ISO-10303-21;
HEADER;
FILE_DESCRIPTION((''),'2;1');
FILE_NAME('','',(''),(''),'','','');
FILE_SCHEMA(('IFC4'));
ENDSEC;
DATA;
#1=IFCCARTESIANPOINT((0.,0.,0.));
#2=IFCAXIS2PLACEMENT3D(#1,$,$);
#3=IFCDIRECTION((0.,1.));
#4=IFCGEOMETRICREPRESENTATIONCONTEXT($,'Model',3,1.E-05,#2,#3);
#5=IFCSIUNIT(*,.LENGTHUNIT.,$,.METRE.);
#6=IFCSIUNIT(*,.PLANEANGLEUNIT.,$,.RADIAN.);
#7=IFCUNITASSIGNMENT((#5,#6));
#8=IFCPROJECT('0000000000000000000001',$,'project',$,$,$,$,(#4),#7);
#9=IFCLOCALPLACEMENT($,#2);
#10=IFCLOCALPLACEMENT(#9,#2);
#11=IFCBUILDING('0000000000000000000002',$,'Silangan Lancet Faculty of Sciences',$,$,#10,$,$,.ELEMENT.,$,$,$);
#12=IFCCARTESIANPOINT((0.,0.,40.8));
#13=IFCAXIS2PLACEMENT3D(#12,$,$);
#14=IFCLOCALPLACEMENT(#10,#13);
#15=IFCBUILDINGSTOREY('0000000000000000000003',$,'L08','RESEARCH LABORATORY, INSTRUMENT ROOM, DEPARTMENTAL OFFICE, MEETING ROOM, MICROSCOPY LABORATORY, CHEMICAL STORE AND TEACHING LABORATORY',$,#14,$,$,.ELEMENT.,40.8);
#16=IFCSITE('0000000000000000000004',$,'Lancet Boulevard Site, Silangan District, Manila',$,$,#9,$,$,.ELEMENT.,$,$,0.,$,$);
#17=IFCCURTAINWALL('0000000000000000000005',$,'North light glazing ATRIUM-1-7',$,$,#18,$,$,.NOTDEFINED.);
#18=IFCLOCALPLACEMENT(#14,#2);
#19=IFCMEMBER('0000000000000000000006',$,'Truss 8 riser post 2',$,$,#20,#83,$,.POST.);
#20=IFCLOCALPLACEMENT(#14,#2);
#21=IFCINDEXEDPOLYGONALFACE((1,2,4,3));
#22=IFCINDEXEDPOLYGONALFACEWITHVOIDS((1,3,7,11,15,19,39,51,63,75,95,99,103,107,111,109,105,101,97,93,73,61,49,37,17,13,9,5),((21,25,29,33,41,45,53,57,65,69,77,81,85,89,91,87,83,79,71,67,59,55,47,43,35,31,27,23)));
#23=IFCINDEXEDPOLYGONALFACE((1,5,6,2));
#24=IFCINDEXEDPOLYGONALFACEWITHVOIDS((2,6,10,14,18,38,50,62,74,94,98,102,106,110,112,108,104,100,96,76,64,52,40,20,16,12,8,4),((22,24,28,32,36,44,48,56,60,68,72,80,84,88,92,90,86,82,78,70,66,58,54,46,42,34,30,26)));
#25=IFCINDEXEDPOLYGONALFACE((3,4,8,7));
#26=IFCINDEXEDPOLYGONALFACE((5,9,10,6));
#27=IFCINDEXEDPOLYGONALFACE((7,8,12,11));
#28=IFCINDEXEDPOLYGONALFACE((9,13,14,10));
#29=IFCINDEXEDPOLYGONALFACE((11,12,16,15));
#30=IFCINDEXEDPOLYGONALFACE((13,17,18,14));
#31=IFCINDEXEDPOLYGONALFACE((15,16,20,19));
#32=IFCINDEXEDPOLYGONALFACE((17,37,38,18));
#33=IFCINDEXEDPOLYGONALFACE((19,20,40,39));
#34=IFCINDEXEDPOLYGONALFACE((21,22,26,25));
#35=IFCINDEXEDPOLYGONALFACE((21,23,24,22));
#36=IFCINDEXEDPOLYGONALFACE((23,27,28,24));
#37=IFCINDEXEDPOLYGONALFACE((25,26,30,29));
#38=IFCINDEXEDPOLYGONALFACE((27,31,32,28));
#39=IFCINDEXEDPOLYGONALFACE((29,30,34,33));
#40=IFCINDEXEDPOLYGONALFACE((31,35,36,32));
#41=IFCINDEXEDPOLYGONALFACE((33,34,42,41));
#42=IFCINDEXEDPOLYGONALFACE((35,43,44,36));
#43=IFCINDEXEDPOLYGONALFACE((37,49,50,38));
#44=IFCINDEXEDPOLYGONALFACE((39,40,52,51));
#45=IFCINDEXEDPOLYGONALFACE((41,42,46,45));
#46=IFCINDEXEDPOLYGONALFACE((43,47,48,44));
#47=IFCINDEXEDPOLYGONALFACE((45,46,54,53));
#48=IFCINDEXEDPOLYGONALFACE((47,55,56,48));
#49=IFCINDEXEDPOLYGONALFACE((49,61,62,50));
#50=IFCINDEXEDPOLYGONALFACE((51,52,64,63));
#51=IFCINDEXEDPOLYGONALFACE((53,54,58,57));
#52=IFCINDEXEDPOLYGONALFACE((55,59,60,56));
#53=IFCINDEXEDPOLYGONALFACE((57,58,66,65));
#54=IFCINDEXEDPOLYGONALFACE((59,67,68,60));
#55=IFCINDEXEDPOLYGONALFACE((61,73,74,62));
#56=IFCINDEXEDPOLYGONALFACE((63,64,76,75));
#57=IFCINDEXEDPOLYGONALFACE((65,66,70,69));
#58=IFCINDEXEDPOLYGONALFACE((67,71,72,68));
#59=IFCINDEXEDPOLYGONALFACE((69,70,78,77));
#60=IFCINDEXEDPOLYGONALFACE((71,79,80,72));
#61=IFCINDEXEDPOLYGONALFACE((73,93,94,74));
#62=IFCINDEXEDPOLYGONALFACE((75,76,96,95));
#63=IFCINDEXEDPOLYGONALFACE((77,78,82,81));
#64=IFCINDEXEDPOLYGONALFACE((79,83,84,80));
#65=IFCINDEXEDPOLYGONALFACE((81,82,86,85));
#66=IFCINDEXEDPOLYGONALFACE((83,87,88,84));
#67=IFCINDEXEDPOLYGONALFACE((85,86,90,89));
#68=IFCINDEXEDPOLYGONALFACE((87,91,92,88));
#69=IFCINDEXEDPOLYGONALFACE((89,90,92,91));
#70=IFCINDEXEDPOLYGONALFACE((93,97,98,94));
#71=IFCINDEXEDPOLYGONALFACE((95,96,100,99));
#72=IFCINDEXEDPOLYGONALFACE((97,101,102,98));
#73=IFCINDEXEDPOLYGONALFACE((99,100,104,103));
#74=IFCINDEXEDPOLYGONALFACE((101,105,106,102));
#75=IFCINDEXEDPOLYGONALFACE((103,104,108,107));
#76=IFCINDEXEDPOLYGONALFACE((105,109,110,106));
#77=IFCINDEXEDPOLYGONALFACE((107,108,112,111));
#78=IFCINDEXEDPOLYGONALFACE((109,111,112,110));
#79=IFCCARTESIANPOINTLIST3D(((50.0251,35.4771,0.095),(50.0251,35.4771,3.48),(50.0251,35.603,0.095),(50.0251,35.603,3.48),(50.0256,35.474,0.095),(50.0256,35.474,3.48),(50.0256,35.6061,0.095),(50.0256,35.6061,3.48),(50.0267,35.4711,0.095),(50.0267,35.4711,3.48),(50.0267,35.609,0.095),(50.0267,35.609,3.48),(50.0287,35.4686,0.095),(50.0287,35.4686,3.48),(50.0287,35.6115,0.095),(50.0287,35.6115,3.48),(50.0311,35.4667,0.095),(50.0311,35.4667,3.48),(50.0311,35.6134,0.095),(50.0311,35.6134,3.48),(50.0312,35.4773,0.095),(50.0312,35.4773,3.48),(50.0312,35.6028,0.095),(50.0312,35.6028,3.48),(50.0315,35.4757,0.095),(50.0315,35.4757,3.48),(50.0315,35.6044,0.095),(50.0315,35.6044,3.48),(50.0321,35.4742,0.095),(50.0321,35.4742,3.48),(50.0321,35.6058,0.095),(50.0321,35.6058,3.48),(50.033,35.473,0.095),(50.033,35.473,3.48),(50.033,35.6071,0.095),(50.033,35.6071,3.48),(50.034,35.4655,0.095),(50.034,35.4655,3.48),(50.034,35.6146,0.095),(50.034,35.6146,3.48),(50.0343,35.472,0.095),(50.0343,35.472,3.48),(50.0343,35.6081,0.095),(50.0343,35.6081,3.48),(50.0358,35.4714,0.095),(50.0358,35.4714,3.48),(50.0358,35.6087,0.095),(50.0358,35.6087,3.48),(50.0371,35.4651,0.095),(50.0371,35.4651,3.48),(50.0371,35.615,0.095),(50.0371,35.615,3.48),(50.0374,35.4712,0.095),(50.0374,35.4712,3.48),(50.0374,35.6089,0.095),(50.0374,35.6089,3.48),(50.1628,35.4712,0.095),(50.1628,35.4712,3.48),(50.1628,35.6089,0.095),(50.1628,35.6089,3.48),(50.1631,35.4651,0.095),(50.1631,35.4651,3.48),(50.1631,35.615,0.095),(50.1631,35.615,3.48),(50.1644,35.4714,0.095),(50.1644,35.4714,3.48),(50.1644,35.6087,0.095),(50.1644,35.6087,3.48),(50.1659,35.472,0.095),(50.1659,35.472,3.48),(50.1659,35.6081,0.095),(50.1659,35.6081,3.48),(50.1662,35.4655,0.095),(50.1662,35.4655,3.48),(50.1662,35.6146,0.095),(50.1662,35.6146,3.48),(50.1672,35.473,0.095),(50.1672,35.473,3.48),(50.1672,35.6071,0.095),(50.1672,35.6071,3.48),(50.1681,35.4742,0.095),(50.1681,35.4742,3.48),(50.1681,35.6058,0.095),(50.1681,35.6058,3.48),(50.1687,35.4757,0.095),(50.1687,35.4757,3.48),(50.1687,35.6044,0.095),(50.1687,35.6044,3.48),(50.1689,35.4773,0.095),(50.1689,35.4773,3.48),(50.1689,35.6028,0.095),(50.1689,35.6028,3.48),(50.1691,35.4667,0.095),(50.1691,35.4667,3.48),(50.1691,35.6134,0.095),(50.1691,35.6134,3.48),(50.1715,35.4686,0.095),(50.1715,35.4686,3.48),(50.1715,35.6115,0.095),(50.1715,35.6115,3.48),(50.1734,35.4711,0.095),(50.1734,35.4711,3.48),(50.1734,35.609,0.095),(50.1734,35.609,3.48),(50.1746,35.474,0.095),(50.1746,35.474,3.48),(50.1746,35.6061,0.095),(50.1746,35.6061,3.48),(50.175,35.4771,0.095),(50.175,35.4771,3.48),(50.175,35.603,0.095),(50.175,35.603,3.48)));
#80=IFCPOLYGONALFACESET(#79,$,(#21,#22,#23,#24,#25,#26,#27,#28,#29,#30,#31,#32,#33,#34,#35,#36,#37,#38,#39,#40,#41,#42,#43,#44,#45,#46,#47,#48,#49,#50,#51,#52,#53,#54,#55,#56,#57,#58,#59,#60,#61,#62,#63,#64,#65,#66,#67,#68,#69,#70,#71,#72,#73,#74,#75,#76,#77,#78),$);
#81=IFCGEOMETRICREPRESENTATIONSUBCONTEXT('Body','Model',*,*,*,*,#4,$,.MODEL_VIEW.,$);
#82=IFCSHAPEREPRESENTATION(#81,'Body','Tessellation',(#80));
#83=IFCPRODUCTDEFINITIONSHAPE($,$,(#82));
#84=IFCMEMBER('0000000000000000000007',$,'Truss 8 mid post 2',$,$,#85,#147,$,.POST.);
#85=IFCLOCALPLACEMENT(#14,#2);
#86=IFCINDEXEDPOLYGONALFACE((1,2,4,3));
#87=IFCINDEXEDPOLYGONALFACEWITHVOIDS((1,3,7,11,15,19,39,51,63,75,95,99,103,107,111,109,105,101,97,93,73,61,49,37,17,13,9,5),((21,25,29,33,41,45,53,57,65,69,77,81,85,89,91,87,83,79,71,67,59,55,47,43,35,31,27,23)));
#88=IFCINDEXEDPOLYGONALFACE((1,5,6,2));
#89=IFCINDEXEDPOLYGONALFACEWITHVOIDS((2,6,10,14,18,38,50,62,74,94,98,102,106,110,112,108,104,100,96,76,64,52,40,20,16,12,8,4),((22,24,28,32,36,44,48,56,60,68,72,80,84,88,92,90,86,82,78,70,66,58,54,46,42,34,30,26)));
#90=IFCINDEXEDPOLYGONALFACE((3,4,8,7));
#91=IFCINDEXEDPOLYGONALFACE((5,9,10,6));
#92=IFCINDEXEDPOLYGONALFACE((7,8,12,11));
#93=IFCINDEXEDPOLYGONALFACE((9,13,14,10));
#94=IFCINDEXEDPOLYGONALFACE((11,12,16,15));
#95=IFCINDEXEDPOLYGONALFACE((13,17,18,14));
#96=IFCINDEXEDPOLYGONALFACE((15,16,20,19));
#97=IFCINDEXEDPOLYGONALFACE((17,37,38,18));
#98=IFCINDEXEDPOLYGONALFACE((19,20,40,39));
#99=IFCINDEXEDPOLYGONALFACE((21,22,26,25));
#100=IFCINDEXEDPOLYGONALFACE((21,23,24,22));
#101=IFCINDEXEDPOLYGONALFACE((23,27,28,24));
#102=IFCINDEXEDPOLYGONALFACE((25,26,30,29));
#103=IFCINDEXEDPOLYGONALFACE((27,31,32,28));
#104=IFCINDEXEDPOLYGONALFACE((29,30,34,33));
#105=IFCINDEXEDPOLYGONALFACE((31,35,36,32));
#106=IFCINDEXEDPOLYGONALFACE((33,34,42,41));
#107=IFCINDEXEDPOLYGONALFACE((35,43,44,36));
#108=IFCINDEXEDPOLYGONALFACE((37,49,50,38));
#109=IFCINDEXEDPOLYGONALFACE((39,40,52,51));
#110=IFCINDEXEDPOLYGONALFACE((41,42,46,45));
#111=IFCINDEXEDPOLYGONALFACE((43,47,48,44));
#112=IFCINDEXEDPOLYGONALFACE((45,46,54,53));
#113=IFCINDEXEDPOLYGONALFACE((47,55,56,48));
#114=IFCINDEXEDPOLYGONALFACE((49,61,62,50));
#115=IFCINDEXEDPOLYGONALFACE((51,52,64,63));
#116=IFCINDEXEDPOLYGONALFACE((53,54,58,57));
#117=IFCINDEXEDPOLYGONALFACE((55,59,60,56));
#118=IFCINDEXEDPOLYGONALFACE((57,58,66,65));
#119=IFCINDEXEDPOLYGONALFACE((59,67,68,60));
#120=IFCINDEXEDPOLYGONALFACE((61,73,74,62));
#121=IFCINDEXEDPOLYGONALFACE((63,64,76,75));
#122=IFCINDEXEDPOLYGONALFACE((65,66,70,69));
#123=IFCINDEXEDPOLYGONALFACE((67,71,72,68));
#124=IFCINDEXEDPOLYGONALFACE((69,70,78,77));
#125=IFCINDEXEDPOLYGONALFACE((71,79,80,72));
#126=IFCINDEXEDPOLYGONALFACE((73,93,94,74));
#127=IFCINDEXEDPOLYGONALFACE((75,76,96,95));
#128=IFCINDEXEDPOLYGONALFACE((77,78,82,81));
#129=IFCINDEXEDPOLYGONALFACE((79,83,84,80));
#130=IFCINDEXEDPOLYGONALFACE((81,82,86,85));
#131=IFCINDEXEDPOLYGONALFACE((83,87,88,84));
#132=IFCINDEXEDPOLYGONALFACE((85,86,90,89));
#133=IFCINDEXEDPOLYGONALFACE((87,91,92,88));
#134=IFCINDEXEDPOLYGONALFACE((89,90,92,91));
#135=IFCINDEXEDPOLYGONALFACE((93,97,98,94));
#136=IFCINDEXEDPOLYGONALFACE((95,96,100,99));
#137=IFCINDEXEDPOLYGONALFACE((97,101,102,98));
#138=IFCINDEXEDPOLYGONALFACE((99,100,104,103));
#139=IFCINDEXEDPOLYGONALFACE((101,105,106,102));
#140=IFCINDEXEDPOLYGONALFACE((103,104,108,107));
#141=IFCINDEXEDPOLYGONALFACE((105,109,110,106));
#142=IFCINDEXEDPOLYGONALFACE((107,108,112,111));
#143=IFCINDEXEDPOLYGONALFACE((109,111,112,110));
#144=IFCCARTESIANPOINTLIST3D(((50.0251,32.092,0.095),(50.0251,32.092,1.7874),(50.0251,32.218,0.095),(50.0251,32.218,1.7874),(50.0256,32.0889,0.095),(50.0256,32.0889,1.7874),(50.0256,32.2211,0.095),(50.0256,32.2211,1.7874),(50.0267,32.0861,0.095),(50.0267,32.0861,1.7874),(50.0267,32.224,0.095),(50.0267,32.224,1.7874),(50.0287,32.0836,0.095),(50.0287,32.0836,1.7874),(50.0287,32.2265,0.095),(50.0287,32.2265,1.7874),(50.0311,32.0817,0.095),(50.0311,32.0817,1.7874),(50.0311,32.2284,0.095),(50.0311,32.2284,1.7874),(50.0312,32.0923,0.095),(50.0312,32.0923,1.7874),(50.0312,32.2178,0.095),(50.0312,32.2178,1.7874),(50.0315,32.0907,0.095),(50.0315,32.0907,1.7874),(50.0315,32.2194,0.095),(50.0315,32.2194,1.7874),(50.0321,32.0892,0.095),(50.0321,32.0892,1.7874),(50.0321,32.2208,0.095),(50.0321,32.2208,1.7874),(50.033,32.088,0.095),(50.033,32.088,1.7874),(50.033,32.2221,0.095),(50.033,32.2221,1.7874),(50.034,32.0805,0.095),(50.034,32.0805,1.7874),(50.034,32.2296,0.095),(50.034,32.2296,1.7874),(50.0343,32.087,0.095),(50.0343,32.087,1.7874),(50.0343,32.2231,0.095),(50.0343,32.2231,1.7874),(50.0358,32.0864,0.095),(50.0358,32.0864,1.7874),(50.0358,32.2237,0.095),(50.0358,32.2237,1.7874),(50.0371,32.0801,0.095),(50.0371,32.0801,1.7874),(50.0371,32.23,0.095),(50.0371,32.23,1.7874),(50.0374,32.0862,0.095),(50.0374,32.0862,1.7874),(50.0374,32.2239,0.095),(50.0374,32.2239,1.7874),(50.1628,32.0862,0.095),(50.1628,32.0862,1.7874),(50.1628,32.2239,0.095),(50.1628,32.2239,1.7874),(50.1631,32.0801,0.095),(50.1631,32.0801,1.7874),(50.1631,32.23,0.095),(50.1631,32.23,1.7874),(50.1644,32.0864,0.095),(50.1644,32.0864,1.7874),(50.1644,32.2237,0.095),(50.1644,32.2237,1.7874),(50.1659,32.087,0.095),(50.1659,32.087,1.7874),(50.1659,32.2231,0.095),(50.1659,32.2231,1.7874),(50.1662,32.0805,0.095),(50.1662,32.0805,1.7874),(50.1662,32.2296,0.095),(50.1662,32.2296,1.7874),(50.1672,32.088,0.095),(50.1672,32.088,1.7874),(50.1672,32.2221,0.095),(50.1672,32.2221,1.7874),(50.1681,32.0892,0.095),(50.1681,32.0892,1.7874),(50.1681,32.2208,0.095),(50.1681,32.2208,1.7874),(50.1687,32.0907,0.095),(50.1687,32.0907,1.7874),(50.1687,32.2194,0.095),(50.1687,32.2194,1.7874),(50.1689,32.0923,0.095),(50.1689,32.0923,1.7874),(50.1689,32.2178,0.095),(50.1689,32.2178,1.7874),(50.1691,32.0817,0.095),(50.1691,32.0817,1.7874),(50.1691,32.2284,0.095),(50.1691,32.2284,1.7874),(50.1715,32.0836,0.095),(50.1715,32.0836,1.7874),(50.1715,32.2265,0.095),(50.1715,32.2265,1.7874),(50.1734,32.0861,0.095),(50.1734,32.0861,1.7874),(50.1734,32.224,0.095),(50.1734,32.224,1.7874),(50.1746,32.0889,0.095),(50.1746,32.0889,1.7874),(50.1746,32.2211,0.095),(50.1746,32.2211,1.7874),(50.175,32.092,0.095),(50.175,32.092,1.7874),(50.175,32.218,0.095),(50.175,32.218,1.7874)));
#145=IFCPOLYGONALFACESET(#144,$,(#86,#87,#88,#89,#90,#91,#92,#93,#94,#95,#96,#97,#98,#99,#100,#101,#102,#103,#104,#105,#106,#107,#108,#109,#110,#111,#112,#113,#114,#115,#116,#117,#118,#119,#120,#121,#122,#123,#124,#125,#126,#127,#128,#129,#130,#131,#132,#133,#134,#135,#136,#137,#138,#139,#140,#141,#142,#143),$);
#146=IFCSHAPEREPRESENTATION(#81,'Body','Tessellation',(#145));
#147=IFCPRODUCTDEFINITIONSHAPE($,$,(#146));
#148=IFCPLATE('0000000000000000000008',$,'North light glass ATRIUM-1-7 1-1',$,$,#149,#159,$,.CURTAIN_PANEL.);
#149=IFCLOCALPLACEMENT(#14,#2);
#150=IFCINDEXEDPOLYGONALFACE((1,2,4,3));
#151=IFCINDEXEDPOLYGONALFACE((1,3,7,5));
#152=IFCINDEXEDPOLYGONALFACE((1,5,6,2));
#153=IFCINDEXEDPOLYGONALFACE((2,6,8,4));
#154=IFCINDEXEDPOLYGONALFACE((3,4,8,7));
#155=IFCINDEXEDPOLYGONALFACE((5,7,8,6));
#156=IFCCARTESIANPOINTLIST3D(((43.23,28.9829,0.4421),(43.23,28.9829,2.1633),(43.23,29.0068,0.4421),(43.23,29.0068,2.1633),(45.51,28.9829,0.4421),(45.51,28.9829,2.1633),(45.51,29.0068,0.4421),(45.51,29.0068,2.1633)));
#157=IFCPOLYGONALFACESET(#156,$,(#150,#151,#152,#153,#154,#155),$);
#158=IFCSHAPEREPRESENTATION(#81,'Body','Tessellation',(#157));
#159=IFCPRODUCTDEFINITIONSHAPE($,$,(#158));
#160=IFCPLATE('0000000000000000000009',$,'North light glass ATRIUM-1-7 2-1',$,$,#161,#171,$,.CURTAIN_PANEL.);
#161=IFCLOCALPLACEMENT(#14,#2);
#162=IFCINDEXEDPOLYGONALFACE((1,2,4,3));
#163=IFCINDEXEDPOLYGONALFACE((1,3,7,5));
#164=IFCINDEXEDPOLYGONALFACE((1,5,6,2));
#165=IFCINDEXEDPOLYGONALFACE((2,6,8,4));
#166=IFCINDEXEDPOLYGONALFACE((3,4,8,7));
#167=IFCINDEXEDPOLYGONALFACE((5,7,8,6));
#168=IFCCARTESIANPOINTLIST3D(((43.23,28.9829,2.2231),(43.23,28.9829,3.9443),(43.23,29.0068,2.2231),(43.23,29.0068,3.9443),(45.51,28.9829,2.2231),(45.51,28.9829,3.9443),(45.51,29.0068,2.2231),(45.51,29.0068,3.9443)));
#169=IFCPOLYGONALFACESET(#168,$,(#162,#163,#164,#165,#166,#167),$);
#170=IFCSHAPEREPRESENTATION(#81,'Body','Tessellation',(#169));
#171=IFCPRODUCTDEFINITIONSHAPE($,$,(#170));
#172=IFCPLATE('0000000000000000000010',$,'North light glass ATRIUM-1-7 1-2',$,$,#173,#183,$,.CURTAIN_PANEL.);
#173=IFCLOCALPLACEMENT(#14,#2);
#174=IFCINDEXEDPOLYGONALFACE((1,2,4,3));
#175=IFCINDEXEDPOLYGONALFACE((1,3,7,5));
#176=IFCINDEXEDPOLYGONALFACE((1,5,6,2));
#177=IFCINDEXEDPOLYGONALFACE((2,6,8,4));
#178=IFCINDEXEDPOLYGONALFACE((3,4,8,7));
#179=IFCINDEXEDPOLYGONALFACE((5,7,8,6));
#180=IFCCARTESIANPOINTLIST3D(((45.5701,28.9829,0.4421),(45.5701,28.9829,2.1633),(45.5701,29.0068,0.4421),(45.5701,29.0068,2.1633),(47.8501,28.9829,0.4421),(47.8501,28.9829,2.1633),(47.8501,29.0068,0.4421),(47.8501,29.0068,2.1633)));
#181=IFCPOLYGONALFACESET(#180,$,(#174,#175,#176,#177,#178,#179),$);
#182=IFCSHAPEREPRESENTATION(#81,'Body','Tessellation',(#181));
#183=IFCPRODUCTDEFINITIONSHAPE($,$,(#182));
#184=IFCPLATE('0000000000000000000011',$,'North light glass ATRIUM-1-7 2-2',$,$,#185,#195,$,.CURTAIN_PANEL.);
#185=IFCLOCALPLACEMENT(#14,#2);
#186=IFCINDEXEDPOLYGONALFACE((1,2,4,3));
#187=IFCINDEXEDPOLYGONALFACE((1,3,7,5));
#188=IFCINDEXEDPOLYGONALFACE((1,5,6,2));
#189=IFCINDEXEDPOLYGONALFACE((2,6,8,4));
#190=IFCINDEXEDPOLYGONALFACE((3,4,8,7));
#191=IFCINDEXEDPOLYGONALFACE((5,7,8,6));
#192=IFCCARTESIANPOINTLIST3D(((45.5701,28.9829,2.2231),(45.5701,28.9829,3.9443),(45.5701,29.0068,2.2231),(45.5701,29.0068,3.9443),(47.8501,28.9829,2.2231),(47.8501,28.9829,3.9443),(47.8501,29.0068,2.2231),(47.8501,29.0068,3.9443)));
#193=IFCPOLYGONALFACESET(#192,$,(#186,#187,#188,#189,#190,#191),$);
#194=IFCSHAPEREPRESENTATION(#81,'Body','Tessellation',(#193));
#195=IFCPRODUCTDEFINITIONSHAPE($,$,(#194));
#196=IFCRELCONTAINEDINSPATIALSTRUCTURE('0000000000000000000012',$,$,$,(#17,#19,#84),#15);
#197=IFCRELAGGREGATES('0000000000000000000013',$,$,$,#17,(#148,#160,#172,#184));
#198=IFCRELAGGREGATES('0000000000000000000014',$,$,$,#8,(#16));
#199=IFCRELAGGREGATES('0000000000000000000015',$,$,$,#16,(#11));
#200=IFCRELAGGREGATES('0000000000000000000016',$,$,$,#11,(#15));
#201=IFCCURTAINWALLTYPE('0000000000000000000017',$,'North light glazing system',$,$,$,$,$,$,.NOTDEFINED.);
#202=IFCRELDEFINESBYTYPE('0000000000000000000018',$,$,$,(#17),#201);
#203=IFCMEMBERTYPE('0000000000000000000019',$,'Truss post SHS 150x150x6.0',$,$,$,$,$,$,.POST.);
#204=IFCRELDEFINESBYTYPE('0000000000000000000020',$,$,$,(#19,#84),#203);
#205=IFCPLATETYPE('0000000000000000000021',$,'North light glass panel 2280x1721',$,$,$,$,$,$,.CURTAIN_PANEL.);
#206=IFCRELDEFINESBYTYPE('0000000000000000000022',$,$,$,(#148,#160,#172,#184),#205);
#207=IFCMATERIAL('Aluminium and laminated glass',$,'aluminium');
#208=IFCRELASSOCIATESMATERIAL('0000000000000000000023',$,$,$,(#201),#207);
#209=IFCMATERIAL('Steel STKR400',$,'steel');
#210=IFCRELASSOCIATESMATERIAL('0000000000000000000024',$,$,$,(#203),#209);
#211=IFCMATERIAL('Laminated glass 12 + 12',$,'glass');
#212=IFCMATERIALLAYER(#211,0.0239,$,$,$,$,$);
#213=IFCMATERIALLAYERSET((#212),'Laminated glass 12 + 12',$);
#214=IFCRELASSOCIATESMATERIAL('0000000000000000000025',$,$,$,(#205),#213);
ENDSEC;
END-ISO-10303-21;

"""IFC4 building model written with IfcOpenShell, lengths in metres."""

from ifc_helpers import new_model, si_unit, direction, frame, origin, origin_2d, place, context, subcontext, project, spatial, polyline, hollow_rectangle, outline, extrude, material, layer, layer_set, material_profile, profile_set, type_object, element, aggregate, save


model = new_model("IFC4")

# Units and contexts
model_context = context("Model", 3, precision=1e-05, world=origin(), true_north=direction((0.0, 1.0)))
body_context = subcontext(model_context, "Body", "Model", "MODEL_VIEW")
ifc_project = project(units=[si_unit("LENGTHUNIT", "METRE"), si_unit("PLANEANGLEUNIT", "RADIAN")], contexts=[model_context])

# Site, building, storey
site_placement = place(None, origin())
site = spatial("IfcSite", under=ifc_project, at=site_placement, Name="Lancet Boulevard Site, Silangan District, Manila", CompositionType="ELEMENT", RefElevation=0.0)
building_placement = place(site_placement, origin())
building = spatial("IfcBuilding", under=site, at=building_placement, Name="Silangan Lancet Faculty of Sciences", CompositionType="ELEMENT")
storey_placement = place(building_placement, frame((0.0, 0.0, 40.8)))
storey = spatial("IfcBuildingStorey", under=building, at=storey_placement, Name="L08", Description="RESEARCH LABORATORY, INSTRUMENT ROOM, DEPARTMENTAL OFFICE, MEETING ROOM, MICROSCOPY LABORATORY, CHEMICAL STORE AND TEACHING LABORATORY", CompositionType="ELEMENT", Elevation=40.8)

# Curtain wall
ifc_material_1 = material(Name="Aluminium and laminated glass", Category="aluminium")
curtain_wall_type = type_object("IfcCurtainWallType", Name="North light glazing system", PredefinedType="NOTDEFINED", material=ifc_material_1)
curtain_wall_placement = place(storey_placement, origin())
curtain_wall = element("IfcCurtainWall", 1, at=curtain_wall_placement, inside=storey, type_object=curtain_wall_type, Name="North light glazing ATRIUM-1-7", PredefinedType="NOTDEFINED")

# Members
ifc_material_2 = material(Name="Steel STKR400", Category="steel")
ifc_material_profile_1 = material_profile(ifc_material_2, hollow_rectangle(XDim=0.1499, YDim=0.1499, WallThickness=0.0061, InnerFilletRadius=0.0061, OuterFilletRadius=0.012, at=origin_2d()), Name="SHS 150x150x6.0")
ifc_profile_set_1 = profile_set([ifc_material_profile_1], Name="Steel STKR400")
member_type_1 = type_object("IfcMemberType", Name="Truss post SHS 150x150x6.0", PredefinedType="POST", material=ifc_profile_set_1)
for number, where, z_axis, x_axis, name in (
    (2, (50.1001, 35.54, 0.095), (0.0, 0.0, 1.0), (1.0, 0.0, 0.0), "Truss 8 riser post 2"),
):
    element("IfcMember", number, at=place(storey_placement, frame(where, z_axis=z_axis, x_axis=x_axis)), inside=storey, type_object=member_type_1, Name=name, PredefinedType="POST", context=body_context, shape_type="SweptSolid", body=[
        extrude(hollow_rectangle(XDim=0.1499, YDim=0.1499, WallThickness=0.0061, InnerFilletRadius=0.0061, OuterFilletRadius=0.012, at=origin_2d()), origin(), (0.0, 0.0, 1.0), 3.385),
    ])
member_1_placement = place(storey_placement, frame((50.1001, 32.155, 0.095), z_axis=(0.0, 0.0, 1.0), x_axis=(1.0, 0.0, 0.0)))
element("IfcMember", 3, at=member_1_placement, inside=storey, type_object=member_type_1, Name="Truss 8 mid post 2", PredefinedType="POST", context=body_context, shape_type="SweptSolid", body=[
    extrude(hollow_rectangle(XDim=0.1499, YDim=0.1499, WallThickness=0.0061, InnerFilletRadius=0.0061, OuterFilletRadius=0.012, at=origin_2d()), origin(), (0.0, 0.0, 1.0), 1.6924),
])

# Plates
ifc_material_3 = material(Name="Laminated glass 12 + 12", Category="glass")
ifc_layer_1 = layer(ifc_material_3, 0.0239)
ifc_layer_set_1 = layer_set([ifc_layer_1], Name="Laminated glass 12 + 12")
plate_type_1 = type_object("IfcPlateType", Name="North light glass panel 2280x1721", PredefinedType="CURTAIN_PANEL", material=ifc_layer_set_1)
plate_1_placement = place(storey_placement, frame((43.23, 28.9829, 0.4421), z_axis=(0.0, -1.0, 0.0), x_axis=(1.0, 0.0, 0.0)))
plate_1 = element("IfcPlate", 4, at=plate_1_placement, type_object=plate_type_1, Name="North light glass ATRIUM-1-7 1-1", PredefinedType="CURTAIN_PANEL", context=body_context, shape_type="SweptSolid", body=[
    extrude(outline(polyline([(0.0, 0.0), (2.28, 0.0), (2.28, 1.7212), (0.0, 1.7212), (0.0, 0.0)])), origin(), (0.0, 0.0, -1.0), 0.0239),
])
plate_2_placement = place(storey_placement, frame((43.23, 28.9829, 2.2231), z_axis=(0.0, -1.0, 0.0), x_axis=(1.0, 0.0, 0.0)))
plate_2 = element("IfcPlate", 5, at=plate_2_placement, type_object=plate_type_1, Name="North light glass ATRIUM-1-7 2-1", PredefinedType="CURTAIN_PANEL", context=body_context, shape_type="SweptSolid", body=[
    extrude(outline(polyline([(0.0, 0.0), (2.28, 0.0), (2.28, 1.7212), (0.0, 1.7212), (0.0, 0.0)])), origin(), (0.0, 0.0, -1.0), 0.0239),
])
plate_3_placement = place(storey_placement, frame((45.5701, 28.9829, 0.4421), z_axis=(0.0, -1.0, 0.0), x_axis=(1.0, 0.0, 0.0)))
plate_3 = element("IfcPlate", 6, at=plate_3_placement, type_object=plate_type_1, Name="North light glass ATRIUM-1-7 1-2", PredefinedType="CURTAIN_PANEL", context=body_context, shape_type="SweptSolid", body=[
    extrude(outline(polyline([(0.0, 0.0), (2.28, 0.0), (2.28, 1.7212), (0.0, 1.7212), (0.0, 0.0)])), origin(), (0.0, 0.0, -1.0), 0.0239),
])
plate_4_placement = place(storey_placement, frame((45.5701, 28.9829, 2.2231), z_axis=(0.0, -1.0, 0.0), x_axis=(1.0, 0.0, 0.0)))
plate_4 = element("IfcPlate", 7, at=plate_4_placement, type_object=plate_type_1, Name="North light glass ATRIUM-1-7 2-2", PredefinedType="CURTAIN_PANEL", context=body_context, shape_type="SweptSolid", body=[
    extrude(outline(polyline([(0.0, 0.0), (2.28, 0.0), (2.28, 1.7212), (0.0, 1.7212), (0.0, 0.0)])), origin(), (0.0, 0.0, -1.0), 0.0239),
])
aggregate(curtain_wall, [plate_1, plate_2, plate_3, plate_4])

save(model, "model.ifc")
